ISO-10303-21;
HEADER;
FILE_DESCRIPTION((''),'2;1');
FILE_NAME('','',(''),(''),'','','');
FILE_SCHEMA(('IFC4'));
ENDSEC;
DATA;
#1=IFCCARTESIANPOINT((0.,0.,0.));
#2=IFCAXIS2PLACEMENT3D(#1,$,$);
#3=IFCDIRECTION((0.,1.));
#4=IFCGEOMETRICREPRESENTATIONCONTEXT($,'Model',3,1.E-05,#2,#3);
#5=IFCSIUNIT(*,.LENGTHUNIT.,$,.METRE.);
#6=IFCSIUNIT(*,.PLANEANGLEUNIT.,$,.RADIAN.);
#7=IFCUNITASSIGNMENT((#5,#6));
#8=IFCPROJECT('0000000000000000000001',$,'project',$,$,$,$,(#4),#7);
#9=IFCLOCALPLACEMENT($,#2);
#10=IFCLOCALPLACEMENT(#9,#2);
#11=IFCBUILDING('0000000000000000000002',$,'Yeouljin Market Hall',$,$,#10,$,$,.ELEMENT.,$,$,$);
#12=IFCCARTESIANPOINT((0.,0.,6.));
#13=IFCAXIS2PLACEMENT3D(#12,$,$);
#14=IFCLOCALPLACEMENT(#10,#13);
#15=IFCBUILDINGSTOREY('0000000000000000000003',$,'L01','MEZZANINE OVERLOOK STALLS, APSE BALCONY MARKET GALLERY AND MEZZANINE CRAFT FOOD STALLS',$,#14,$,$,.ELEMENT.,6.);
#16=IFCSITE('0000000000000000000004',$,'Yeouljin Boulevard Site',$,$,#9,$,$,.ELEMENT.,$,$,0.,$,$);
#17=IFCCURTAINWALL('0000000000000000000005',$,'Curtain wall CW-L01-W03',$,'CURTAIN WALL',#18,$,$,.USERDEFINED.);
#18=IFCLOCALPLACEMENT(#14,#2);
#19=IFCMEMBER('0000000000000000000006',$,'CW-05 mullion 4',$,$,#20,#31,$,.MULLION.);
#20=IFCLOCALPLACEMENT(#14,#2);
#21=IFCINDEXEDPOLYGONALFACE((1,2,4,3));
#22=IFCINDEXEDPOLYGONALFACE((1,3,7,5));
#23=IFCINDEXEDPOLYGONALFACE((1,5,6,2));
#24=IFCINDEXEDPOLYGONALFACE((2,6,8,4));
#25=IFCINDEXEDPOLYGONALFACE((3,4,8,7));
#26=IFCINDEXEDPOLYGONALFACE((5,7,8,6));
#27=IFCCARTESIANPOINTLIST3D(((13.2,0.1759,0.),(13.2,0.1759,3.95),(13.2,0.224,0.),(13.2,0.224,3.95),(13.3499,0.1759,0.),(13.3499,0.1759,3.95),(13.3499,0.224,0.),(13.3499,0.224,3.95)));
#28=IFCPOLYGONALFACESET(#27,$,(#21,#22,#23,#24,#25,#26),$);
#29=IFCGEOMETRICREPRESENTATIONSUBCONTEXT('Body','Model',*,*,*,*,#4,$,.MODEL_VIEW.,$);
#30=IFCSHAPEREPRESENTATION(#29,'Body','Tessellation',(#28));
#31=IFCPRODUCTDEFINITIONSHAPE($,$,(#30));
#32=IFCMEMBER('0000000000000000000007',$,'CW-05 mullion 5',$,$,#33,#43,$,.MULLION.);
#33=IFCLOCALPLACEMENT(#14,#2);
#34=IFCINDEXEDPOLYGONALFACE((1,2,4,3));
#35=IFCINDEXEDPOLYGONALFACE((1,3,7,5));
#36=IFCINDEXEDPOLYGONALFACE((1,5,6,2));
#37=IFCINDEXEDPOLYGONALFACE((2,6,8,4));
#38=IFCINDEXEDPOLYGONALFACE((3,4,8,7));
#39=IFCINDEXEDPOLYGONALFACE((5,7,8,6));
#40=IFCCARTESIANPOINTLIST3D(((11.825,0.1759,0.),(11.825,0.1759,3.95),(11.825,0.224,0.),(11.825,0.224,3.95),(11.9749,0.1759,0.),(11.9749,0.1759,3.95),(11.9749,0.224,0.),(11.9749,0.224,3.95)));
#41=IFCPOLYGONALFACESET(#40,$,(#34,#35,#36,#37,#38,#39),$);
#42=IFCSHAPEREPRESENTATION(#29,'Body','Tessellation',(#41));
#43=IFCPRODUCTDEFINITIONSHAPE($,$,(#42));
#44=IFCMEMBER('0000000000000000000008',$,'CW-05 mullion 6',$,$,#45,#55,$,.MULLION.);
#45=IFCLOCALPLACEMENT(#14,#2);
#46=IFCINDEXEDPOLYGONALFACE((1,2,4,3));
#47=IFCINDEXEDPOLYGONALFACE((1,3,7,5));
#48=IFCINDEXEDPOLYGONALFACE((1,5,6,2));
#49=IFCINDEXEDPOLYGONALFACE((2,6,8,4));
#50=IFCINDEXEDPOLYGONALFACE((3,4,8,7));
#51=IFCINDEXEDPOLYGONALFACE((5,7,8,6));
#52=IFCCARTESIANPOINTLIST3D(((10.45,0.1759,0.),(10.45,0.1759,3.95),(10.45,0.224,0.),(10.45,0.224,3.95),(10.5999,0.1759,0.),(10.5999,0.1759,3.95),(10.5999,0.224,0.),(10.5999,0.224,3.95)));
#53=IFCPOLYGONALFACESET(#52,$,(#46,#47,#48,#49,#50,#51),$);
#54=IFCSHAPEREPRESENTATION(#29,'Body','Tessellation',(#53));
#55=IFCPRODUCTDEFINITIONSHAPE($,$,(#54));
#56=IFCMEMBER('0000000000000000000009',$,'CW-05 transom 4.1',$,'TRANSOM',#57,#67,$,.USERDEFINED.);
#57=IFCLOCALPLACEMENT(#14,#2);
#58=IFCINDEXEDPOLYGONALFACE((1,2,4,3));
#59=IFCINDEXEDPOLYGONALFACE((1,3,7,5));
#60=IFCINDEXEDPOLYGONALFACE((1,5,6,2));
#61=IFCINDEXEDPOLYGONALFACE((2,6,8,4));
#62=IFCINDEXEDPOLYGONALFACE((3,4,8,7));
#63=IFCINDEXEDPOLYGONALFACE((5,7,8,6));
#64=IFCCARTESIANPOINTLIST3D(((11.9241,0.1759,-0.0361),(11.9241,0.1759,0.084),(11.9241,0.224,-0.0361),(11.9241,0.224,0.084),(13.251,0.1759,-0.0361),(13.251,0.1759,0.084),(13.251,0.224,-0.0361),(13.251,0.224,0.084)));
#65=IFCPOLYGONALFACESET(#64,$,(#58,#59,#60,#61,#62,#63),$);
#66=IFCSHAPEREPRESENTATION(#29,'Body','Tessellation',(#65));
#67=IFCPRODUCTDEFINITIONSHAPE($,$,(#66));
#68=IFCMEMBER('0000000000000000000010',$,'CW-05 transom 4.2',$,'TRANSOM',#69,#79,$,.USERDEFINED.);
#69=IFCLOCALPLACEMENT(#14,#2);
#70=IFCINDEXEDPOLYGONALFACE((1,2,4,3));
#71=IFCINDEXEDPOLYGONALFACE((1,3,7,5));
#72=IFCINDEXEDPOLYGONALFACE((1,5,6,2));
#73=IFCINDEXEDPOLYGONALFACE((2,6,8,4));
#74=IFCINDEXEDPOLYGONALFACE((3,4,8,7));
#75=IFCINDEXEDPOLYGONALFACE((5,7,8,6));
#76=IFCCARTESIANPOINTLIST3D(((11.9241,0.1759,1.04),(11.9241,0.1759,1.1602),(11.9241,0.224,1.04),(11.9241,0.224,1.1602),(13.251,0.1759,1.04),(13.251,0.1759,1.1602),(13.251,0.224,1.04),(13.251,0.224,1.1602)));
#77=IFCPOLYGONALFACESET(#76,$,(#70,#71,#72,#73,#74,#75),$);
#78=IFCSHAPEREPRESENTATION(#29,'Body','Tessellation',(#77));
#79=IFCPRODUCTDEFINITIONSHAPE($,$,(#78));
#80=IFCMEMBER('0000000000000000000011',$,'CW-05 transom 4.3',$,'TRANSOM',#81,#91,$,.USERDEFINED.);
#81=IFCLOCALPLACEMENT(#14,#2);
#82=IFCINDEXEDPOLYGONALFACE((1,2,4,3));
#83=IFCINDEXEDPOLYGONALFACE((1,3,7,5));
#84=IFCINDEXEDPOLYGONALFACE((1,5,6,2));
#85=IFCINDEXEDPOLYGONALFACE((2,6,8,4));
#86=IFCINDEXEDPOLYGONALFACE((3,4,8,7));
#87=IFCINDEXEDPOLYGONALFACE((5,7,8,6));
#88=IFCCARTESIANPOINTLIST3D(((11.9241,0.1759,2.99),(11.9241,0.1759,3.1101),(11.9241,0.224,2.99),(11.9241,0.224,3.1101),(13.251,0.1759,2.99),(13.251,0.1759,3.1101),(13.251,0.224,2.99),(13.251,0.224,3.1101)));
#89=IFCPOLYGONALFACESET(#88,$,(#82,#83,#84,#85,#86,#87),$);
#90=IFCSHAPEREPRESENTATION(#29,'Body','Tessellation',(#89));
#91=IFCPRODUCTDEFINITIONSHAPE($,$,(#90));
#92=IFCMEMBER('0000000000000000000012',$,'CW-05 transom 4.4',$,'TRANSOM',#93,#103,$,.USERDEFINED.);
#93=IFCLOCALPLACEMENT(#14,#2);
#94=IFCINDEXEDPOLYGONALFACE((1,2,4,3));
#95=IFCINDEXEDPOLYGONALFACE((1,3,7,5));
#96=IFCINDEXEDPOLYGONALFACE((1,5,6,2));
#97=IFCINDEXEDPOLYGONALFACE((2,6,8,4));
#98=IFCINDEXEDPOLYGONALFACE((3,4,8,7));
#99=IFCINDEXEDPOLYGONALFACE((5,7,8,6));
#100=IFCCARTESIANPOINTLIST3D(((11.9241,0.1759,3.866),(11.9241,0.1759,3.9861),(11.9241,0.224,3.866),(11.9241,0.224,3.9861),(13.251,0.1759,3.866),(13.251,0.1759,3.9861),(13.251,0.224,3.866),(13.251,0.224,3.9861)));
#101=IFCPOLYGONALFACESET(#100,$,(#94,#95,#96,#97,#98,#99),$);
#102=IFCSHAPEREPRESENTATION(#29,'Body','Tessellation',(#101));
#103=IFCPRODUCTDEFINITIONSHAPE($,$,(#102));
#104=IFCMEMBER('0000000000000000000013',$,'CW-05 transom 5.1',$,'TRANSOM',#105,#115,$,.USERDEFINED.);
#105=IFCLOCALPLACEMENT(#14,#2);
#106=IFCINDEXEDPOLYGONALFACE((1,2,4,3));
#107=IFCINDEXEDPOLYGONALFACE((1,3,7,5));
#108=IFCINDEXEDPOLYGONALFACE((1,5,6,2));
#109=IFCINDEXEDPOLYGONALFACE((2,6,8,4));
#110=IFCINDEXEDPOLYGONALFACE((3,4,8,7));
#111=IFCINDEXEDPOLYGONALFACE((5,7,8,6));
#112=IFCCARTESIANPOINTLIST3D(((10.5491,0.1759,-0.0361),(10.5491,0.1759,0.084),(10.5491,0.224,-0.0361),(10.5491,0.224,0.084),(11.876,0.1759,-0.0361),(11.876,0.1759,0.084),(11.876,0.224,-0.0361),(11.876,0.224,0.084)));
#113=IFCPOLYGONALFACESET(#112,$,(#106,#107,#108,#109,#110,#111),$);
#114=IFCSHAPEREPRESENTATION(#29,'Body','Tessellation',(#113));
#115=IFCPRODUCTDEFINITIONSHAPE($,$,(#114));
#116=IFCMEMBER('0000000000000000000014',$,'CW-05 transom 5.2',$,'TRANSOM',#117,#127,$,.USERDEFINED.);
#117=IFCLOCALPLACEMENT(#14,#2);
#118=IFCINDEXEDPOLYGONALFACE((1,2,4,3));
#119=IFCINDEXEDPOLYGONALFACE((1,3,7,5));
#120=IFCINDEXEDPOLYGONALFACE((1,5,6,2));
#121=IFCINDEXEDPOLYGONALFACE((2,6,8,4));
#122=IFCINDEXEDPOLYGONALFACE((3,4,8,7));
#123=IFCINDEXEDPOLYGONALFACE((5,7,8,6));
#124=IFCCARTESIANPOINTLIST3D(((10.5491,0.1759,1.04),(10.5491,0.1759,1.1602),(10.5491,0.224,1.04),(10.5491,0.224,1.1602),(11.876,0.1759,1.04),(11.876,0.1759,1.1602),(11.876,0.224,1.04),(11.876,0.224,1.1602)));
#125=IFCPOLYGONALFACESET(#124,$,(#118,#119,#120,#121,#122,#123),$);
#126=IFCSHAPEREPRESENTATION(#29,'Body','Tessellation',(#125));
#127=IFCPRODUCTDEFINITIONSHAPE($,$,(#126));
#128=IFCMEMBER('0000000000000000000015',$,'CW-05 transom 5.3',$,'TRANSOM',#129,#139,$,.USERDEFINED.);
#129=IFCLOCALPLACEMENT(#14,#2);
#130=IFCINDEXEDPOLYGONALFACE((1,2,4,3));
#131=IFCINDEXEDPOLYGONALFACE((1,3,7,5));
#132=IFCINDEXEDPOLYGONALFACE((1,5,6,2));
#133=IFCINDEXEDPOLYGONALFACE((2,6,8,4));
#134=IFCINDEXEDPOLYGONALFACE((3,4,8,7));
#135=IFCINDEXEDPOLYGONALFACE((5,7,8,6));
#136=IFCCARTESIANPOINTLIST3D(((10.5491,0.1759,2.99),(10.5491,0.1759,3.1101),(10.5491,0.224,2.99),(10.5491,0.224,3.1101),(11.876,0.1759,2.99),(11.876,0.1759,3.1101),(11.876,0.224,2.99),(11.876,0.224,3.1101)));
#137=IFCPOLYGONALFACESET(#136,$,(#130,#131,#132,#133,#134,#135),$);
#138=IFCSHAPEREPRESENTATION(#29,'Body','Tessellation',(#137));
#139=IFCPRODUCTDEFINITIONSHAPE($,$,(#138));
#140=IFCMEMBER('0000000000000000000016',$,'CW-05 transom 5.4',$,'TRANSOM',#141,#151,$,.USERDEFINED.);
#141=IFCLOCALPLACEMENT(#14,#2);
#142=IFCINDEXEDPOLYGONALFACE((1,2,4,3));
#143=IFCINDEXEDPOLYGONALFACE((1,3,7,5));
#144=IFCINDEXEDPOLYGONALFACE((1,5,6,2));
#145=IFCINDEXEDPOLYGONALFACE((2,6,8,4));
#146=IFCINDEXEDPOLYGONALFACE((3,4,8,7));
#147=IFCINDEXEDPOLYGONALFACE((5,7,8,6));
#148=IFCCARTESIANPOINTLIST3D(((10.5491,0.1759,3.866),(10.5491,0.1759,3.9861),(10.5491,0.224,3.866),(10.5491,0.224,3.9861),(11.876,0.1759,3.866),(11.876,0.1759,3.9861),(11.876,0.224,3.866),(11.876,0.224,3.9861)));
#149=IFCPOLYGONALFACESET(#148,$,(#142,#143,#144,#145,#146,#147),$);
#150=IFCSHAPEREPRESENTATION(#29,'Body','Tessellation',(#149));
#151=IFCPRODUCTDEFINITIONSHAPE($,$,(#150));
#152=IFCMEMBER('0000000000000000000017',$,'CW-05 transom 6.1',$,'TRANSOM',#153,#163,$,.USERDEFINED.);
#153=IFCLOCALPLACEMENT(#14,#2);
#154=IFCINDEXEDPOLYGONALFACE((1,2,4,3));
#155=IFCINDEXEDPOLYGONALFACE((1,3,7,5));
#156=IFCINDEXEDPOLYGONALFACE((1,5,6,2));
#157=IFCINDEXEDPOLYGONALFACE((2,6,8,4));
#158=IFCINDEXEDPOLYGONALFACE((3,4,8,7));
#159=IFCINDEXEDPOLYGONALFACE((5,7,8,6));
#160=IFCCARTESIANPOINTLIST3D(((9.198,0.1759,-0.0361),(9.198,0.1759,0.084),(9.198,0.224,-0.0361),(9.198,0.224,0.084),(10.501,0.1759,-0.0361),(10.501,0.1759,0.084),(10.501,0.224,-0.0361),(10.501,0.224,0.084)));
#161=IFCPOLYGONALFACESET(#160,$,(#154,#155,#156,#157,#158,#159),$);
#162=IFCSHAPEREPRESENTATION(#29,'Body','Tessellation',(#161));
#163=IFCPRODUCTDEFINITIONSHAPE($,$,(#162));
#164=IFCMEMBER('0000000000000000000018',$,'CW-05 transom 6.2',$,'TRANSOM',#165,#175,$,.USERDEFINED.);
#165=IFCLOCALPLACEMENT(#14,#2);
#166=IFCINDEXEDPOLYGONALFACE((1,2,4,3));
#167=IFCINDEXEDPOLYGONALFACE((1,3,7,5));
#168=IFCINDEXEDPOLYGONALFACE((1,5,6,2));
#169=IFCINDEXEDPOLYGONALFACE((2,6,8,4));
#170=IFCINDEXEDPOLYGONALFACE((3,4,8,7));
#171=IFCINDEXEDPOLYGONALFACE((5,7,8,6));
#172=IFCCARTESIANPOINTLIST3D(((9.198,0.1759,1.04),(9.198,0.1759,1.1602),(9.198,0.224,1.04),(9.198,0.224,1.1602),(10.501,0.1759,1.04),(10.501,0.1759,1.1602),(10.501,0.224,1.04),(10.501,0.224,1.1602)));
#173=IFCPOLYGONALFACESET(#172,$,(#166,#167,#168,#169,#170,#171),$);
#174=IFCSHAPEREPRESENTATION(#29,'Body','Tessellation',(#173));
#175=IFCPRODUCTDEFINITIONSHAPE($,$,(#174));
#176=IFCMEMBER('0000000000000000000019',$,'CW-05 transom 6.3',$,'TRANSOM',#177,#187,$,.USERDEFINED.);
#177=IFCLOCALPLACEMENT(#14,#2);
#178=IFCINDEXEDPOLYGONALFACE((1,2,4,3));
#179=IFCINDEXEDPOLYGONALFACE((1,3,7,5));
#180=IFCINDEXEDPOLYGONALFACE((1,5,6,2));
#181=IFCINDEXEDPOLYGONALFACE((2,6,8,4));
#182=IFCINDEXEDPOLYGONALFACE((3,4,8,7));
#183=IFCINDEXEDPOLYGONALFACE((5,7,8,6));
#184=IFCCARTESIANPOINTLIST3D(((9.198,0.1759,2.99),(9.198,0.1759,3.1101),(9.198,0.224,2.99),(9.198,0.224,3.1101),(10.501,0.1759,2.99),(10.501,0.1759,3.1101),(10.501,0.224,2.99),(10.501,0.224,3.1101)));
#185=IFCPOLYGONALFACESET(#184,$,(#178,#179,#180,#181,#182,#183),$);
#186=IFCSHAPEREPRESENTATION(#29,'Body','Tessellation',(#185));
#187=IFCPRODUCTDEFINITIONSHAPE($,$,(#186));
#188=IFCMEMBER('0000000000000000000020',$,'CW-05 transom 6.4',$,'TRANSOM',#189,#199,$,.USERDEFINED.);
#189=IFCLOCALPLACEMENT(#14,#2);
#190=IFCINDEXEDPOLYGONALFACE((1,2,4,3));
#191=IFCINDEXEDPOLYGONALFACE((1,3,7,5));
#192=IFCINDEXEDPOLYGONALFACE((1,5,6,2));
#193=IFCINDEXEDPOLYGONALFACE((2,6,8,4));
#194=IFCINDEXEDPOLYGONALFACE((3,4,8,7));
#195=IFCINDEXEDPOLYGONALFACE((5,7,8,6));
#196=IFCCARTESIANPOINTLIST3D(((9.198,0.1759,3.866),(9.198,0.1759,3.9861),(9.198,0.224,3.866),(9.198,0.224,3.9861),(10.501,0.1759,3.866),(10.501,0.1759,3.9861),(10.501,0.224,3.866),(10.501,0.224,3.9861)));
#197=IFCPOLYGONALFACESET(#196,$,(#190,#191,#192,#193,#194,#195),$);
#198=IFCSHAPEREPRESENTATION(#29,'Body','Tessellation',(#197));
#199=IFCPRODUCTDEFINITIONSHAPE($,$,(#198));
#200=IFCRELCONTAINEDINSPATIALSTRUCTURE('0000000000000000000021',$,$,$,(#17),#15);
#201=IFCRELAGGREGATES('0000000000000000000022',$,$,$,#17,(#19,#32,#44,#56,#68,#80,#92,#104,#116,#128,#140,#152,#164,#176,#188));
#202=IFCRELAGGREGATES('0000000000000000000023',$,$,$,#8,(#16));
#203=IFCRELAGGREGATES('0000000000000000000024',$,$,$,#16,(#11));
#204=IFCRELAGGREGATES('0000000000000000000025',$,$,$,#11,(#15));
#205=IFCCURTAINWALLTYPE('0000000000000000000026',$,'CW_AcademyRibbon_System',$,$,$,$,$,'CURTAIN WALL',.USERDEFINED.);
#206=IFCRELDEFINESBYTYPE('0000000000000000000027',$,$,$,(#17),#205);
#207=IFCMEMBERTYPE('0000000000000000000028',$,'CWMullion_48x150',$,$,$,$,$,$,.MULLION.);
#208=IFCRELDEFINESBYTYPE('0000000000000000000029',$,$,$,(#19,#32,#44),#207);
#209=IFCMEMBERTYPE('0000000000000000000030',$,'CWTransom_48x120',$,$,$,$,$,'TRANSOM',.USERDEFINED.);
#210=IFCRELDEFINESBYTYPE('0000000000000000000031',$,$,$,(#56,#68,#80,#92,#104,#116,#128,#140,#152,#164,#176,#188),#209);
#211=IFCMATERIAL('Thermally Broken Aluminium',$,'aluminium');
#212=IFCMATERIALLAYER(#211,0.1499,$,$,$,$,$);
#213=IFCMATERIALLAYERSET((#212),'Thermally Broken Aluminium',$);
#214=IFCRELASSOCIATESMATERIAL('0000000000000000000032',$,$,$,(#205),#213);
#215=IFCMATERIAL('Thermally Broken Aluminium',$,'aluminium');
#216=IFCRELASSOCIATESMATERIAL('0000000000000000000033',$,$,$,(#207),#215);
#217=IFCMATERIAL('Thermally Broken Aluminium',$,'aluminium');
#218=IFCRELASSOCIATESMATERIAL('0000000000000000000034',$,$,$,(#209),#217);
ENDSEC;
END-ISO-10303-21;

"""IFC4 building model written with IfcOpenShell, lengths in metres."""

from ifc_helpers import new_model, si_unit, direction, frame, origin, origin_2d, place, context, subcontext, project, spatial, rectangle, extrude, material, layer, layer_set, material_profile, profile_set, type_object, element, aggregate, save


model = new_model("IFC4")

# Units and contexts
model_context = context("Model", 3, precision=1e-05, world=origin(), true_north=direction((0.0, 1.0)))
body_context = subcontext(model_context, "Body", "Model", "MODEL_VIEW")
ifc_project = project(units=[si_unit("LENGTHUNIT", "METRE"), si_unit("PLANEANGLEUNIT", "RADIAN")], contexts=[model_context])

# Site, building, storey
site_placement = place(None, origin())
site = spatial("IfcSite", under=ifc_project, at=site_placement, Name="Yeouljin Boulevard Site", CompositionType="ELEMENT", RefElevation=0.0)
building_placement = place(site_placement, origin())
building = spatial("IfcBuilding", under=site, at=building_placement, Name="Yeouljin Market Hall", CompositionType="ELEMENT")
storey_placement = place(building_placement, frame((0.0, 0.0, 6.0)))
storey = spatial("IfcBuildingStorey", under=building, at=storey_placement, Name="L01", Description="MEZZANINE OVERLOOK STALLS, APSE BALCONY MARKET GALLERY AND MEZZANINE CRAFT FOOD STALLS", CompositionType="ELEMENT", Elevation=6.0)

# Curtain wall, members
ifc_material_1 = material(Name="Thermally Broken Aluminium", Category="aluminium")
ifc_layer_1 = layer(ifc_material_1, 0.1499)
ifc_layer_set_1 = layer_set([ifc_layer_1], Name="Thermally Broken Aluminium")
curtain_wall_type = type_object("IfcCurtainWallType", Name="CW_AcademyRibbon_System", ElementType="CURTAIN WALL", PredefinedType="USERDEFINED", material=ifc_layer_set_1)
curtain_wall_placement = place(storey_placement, origin())
curtain_wall = element("IfcCurtainWall", 1, at=curtain_wall_placement, inside=storey, type_object=curtain_wall_type, Name="Curtain wall CW-L01-W03", ObjectType="CURTAIN WALL", PredefinedType="USERDEFINED")
ifc_material_2 = material(Name="Thermally Broken Aluminium", Category="aluminium")
ifc_material_profile_1 = material_profile(ifc_material_2, rectangle(XDim=0.0481, YDim=0.1499, at=origin_2d()), Name="CW-MULL-48x150")
ifc_profile_set_1 = profile_set([ifc_material_profile_1], Name="Thermally Broken Aluminium")
member_type_1 = type_object("IfcMemberType", Name="CWMullion_48x150", PredefinedType="MULLION", material=ifc_profile_set_1)
member_1_placement = place(storey_placement, frame((13.2749, 0.2, 0.0), z_axis=(0.0, 0.0, 1.0), x_axis=(0.0, -1.0, 0.0)))
member_1 = element("IfcMember", 2, at=member_1_placement, type_object=member_type_1, Name="CW-05 mullion 4", PredefinedType="MULLION", context=body_context, shape_type="SweptSolid", body=[
    extrude(rectangle(XDim=0.0481, YDim=0.1499, at=origin_2d()), origin(), (0.0, 0.0, 1.0), 3.95),
])
member_2_placement = place(storey_placement, frame((11.8999, 0.2, 0.0), z_axis=(0.0, 0.0, 1.0), x_axis=(0.0, -1.0, 0.0)))
member_2 = element("IfcMember", 3, at=member_2_placement, type_object=member_type_1, Name="CW-05 mullion 5", PredefinedType="MULLION", context=body_context, shape_type="SweptSolid", body=[
    extrude(rectangle(XDim=0.0481, YDim=0.1499, at=origin_2d()), origin(), (0.0, 0.0, 1.0), 3.95),
])
member_3_placement = place(storey_placement, frame((10.5249, 0.2, 0.0), z_axis=(0.0, 0.0, 1.0), x_axis=(0.0, -1.0, 0.0)))
member_3 = element("IfcMember", 4, at=member_3_placement, type_object=member_type_1, Name="CW-05 mullion 6", PredefinedType="MULLION", context=body_context, shape_type="SweptSolid", body=[
    extrude(rectangle(XDim=0.0481, YDim=0.1499, at=origin_2d()), origin(), (0.0, 0.0, 1.0), 3.95),
])
ifc_material_3 = material(Name="Thermally Broken Aluminium", Category="aluminium")
ifc_material_profile_2 = material_profile(ifc_material_3, rectangle(XDim=0.0481, YDim=0.1201, at=origin_2d()), Name="CW-TRAN-48x120")
ifc_profile_set_2 = profile_set([ifc_material_profile_2], Name="Thermally Broken Aluminium")
member_type_2 = type_object("IfcMemberType", Name="CWTransom_48x120", ElementType="TRANSOM", PredefinedType="USERDEFINED", material=ifc_profile_set_2)
member_4_placement = place(storey_placement, frame((13.251, 0.2, 0.0239), z_axis=(-1.0, 0.0, 0.0), x_axis=(0.0, -1.0, 0.0)))
member_4 = element("IfcMember", 5, at=member_4_placement, type_object=member_type_2, Name="CW-05 transom 4.1", ObjectType="TRANSOM", PredefinedType="USERDEFINED", context=body_context, shape_type="SweptSolid", body=[
    extrude(rectangle(XDim=0.0481, YDim=0.1201, at=origin_2d()), origin(), (0.0, 0.0, 1.0), 1.3269),
])
member_5_placement = place(storey_placement, frame((13.251, 0.2, 1.1001), z_axis=(-1.0, 0.0, 0.0), x_axis=(0.0, -1.0, 0.0)))
member_5 = element("IfcMember", 6, at=member_5_placement, type_object=member_type_2, Name="CW-05 transom 4.2", ObjectType="TRANSOM", PredefinedType="USERDEFINED", context=body_context, shape_type="SweptSolid", body=[
    extrude(rectangle(XDim=0.0481, YDim=0.1201, at=origin_2d()), origin(), (0.0, 0.0, 1.0), 1.3269),
])
member_6_placement = place(storey_placement, frame((13.251, 0.2, 3.05), z_axis=(-1.0, 0.0, 0.0), x_axis=(0.0, -1.0, 0.0)))
member_6 = element("IfcMember", 7, at=member_6_placement, type_object=member_type_2, Name="CW-05 transom 4.3", ObjectType="TRANSOM", PredefinedType="USERDEFINED", context=body_context, shape_type="SweptSolid", body=[
    extrude(rectangle(XDim=0.0481, YDim=0.1201, at=origin_2d()), origin(), (0.0, 0.0, 1.0), 1.3269),
])
member_7_placement = place(storey_placement, frame((13.251, 0.2, 3.926), z_axis=(-1.0, 0.0, 0.0), x_axis=(0.0, -1.0, 0.0)))
member_7 = element("IfcMember", 8, at=member_7_placement, type_object=member_type_2, Name="CW-05 transom 4.4", ObjectType="TRANSOM", PredefinedType="USERDEFINED", context=body_context, shape_type="SweptSolid", body=[
    extrude(rectangle(XDim=0.0481, YDim=0.1201, at=origin_2d()), origin(), (0.0, 0.0, 1.0), 1.3269),
])
member_8_placement = place(storey_placement, frame((11.876, 0.2, 0.0239), z_axis=(-1.0, 0.0, 0.0), x_axis=(0.0, -1.0, 0.0)))
member_8 = element("IfcMember", 9, at=member_8_placement, type_object=member_type_2, Name="CW-05 transom 5.1", ObjectType="TRANSOM", PredefinedType="USERDEFINED", context=body_context, shape_type="SweptSolid", body=[
    extrude(rectangle(XDim=0.0481, YDim=0.1201, at=origin_2d()), origin(), (0.0, 0.0, 1.0), 1.3269),
])
member_9_placement = place(storey_placement, frame((11.876, 0.2, 1.1001), z_axis=(-1.0, 0.0, 0.0), x_axis=(0.0, -1.0, 0.0)))
member_9 = element("IfcMember", 10, at=member_9_placement, type_object=member_type_2, Name="CW-05 transom 5.2", ObjectType="TRANSOM", PredefinedType="USERDEFINED", context=body_context, shape_type="SweptSolid", body=[
    extrude(rectangle(XDim=0.0481, YDim=0.1201, at=origin_2d()), origin(), (0.0, 0.0, 1.0), 1.3269),
])
member_10_placement = place(storey_placement, frame((11.876, 0.2, 3.05), z_axis=(-1.0, 0.0, 0.0), x_axis=(0.0, -1.0, 0.0)))
member_10 = element("IfcMember", 11, at=member_10_placement, type_object=member_type_2, Name="CW-05 transom 5.3", ObjectType="TRANSOM", PredefinedType="USERDEFINED", context=body_context, shape_type="SweptSolid", body=[
    extrude(rectangle(XDim=0.0481, YDim=0.1201, at=origin_2d()), origin(), (0.0, 0.0, 1.0), 1.3269),
])
member_11_placement = place(storey_placement, frame((11.876, 0.2, 3.926), z_axis=(-1.0, 0.0, 0.0), x_axis=(0.0, -1.0, 0.0)))
member_11 = element("IfcMember", 12, at=member_11_placement, type_object=member_type_2, Name="CW-05 transom 5.4", ObjectType="TRANSOM", PredefinedType="USERDEFINED", context=body_context, shape_type="SweptSolid", body=[
    extrude(rectangle(XDim=0.0481, YDim=0.1201, at=origin_2d()), origin(), (0.0, 0.0, 1.0), 1.3269),
])
member_12_placement = place(storey_placement, frame((10.501, 0.2, 0.0239), z_axis=(-1.0, 0.0, 0.0), x_axis=(0.0, -1.0, 0.0)))
member_12 = element("IfcMember", 13, at=member_12_placement, type_object=member_type_2, Name="CW-05 transom 6.1", ObjectType="TRANSOM", PredefinedType="USERDEFINED", context=body_context, shape_type="SweptSolid", body=[
    extrude(rectangle(XDim=0.0481, YDim=0.1201, at=origin_2d()), origin(), (0.0, 0.0, 1.0), 1.303),
])
member_13_placement = place(storey_placement, frame((10.501, 0.2, 1.1001), z_axis=(-1.0, 0.0, 0.0), x_axis=(0.0, -1.0, 0.0)))
member_13 = element("IfcMember", 14, at=member_13_placement, type_object=member_type_2, Name="CW-05 transom 6.2", ObjectType="TRANSOM", PredefinedType="USERDEFINED", context=body_context, shape_type="SweptSolid", body=[
    extrude(rectangle(XDim=0.0481, YDim=0.1201, at=origin_2d()), origin(), (0.0, 0.0, 1.0), 1.303),
])
member_14_placement = place(storey_placement, frame((10.501, 0.2, 3.05), z_axis=(-1.0, 0.0, 0.0), x_axis=(0.0, -1.0, 0.0)))
member_14 = element("IfcMember", 15, at=member_14_placement, type_object=member_type_2, Name="CW-05 transom 6.3", ObjectType="TRANSOM", PredefinedType="USERDEFINED", context=body_context, shape_type="SweptSolid", body=[
    extrude(rectangle(XDim=0.0481, YDim=0.1201, at=origin_2d()), origin(), (0.0, 0.0, 1.0), 1.303),
])
member_15_placement = place(storey_placement, frame((10.501, 0.2, 3.926), z_axis=(-1.0, 0.0, 0.0), x_axis=(0.0, -1.0, 0.0)))
member_15 = element("IfcMember", 16, at=member_15_placement, type_object=member_type_2, Name="CW-05 transom 6.4", ObjectType="TRANSOM", PredefinedType="USERDEFINED", context=body_context, shape_type="SweptSolid", body=[
    extrude(rectangle(XDim=0.0481, YDim=0.1201, at=origin_2d()), origin(), (0.0, 0.0, 1.0), 1.303),
])

aggregate(curtain_wall, [member_1, member_2, member_3, member_4, member_5, member_6, member_7, member_8, member_9, member_10, member_11, member_12, member_13, member_14, member_15])

save(model, "model.ifc")
